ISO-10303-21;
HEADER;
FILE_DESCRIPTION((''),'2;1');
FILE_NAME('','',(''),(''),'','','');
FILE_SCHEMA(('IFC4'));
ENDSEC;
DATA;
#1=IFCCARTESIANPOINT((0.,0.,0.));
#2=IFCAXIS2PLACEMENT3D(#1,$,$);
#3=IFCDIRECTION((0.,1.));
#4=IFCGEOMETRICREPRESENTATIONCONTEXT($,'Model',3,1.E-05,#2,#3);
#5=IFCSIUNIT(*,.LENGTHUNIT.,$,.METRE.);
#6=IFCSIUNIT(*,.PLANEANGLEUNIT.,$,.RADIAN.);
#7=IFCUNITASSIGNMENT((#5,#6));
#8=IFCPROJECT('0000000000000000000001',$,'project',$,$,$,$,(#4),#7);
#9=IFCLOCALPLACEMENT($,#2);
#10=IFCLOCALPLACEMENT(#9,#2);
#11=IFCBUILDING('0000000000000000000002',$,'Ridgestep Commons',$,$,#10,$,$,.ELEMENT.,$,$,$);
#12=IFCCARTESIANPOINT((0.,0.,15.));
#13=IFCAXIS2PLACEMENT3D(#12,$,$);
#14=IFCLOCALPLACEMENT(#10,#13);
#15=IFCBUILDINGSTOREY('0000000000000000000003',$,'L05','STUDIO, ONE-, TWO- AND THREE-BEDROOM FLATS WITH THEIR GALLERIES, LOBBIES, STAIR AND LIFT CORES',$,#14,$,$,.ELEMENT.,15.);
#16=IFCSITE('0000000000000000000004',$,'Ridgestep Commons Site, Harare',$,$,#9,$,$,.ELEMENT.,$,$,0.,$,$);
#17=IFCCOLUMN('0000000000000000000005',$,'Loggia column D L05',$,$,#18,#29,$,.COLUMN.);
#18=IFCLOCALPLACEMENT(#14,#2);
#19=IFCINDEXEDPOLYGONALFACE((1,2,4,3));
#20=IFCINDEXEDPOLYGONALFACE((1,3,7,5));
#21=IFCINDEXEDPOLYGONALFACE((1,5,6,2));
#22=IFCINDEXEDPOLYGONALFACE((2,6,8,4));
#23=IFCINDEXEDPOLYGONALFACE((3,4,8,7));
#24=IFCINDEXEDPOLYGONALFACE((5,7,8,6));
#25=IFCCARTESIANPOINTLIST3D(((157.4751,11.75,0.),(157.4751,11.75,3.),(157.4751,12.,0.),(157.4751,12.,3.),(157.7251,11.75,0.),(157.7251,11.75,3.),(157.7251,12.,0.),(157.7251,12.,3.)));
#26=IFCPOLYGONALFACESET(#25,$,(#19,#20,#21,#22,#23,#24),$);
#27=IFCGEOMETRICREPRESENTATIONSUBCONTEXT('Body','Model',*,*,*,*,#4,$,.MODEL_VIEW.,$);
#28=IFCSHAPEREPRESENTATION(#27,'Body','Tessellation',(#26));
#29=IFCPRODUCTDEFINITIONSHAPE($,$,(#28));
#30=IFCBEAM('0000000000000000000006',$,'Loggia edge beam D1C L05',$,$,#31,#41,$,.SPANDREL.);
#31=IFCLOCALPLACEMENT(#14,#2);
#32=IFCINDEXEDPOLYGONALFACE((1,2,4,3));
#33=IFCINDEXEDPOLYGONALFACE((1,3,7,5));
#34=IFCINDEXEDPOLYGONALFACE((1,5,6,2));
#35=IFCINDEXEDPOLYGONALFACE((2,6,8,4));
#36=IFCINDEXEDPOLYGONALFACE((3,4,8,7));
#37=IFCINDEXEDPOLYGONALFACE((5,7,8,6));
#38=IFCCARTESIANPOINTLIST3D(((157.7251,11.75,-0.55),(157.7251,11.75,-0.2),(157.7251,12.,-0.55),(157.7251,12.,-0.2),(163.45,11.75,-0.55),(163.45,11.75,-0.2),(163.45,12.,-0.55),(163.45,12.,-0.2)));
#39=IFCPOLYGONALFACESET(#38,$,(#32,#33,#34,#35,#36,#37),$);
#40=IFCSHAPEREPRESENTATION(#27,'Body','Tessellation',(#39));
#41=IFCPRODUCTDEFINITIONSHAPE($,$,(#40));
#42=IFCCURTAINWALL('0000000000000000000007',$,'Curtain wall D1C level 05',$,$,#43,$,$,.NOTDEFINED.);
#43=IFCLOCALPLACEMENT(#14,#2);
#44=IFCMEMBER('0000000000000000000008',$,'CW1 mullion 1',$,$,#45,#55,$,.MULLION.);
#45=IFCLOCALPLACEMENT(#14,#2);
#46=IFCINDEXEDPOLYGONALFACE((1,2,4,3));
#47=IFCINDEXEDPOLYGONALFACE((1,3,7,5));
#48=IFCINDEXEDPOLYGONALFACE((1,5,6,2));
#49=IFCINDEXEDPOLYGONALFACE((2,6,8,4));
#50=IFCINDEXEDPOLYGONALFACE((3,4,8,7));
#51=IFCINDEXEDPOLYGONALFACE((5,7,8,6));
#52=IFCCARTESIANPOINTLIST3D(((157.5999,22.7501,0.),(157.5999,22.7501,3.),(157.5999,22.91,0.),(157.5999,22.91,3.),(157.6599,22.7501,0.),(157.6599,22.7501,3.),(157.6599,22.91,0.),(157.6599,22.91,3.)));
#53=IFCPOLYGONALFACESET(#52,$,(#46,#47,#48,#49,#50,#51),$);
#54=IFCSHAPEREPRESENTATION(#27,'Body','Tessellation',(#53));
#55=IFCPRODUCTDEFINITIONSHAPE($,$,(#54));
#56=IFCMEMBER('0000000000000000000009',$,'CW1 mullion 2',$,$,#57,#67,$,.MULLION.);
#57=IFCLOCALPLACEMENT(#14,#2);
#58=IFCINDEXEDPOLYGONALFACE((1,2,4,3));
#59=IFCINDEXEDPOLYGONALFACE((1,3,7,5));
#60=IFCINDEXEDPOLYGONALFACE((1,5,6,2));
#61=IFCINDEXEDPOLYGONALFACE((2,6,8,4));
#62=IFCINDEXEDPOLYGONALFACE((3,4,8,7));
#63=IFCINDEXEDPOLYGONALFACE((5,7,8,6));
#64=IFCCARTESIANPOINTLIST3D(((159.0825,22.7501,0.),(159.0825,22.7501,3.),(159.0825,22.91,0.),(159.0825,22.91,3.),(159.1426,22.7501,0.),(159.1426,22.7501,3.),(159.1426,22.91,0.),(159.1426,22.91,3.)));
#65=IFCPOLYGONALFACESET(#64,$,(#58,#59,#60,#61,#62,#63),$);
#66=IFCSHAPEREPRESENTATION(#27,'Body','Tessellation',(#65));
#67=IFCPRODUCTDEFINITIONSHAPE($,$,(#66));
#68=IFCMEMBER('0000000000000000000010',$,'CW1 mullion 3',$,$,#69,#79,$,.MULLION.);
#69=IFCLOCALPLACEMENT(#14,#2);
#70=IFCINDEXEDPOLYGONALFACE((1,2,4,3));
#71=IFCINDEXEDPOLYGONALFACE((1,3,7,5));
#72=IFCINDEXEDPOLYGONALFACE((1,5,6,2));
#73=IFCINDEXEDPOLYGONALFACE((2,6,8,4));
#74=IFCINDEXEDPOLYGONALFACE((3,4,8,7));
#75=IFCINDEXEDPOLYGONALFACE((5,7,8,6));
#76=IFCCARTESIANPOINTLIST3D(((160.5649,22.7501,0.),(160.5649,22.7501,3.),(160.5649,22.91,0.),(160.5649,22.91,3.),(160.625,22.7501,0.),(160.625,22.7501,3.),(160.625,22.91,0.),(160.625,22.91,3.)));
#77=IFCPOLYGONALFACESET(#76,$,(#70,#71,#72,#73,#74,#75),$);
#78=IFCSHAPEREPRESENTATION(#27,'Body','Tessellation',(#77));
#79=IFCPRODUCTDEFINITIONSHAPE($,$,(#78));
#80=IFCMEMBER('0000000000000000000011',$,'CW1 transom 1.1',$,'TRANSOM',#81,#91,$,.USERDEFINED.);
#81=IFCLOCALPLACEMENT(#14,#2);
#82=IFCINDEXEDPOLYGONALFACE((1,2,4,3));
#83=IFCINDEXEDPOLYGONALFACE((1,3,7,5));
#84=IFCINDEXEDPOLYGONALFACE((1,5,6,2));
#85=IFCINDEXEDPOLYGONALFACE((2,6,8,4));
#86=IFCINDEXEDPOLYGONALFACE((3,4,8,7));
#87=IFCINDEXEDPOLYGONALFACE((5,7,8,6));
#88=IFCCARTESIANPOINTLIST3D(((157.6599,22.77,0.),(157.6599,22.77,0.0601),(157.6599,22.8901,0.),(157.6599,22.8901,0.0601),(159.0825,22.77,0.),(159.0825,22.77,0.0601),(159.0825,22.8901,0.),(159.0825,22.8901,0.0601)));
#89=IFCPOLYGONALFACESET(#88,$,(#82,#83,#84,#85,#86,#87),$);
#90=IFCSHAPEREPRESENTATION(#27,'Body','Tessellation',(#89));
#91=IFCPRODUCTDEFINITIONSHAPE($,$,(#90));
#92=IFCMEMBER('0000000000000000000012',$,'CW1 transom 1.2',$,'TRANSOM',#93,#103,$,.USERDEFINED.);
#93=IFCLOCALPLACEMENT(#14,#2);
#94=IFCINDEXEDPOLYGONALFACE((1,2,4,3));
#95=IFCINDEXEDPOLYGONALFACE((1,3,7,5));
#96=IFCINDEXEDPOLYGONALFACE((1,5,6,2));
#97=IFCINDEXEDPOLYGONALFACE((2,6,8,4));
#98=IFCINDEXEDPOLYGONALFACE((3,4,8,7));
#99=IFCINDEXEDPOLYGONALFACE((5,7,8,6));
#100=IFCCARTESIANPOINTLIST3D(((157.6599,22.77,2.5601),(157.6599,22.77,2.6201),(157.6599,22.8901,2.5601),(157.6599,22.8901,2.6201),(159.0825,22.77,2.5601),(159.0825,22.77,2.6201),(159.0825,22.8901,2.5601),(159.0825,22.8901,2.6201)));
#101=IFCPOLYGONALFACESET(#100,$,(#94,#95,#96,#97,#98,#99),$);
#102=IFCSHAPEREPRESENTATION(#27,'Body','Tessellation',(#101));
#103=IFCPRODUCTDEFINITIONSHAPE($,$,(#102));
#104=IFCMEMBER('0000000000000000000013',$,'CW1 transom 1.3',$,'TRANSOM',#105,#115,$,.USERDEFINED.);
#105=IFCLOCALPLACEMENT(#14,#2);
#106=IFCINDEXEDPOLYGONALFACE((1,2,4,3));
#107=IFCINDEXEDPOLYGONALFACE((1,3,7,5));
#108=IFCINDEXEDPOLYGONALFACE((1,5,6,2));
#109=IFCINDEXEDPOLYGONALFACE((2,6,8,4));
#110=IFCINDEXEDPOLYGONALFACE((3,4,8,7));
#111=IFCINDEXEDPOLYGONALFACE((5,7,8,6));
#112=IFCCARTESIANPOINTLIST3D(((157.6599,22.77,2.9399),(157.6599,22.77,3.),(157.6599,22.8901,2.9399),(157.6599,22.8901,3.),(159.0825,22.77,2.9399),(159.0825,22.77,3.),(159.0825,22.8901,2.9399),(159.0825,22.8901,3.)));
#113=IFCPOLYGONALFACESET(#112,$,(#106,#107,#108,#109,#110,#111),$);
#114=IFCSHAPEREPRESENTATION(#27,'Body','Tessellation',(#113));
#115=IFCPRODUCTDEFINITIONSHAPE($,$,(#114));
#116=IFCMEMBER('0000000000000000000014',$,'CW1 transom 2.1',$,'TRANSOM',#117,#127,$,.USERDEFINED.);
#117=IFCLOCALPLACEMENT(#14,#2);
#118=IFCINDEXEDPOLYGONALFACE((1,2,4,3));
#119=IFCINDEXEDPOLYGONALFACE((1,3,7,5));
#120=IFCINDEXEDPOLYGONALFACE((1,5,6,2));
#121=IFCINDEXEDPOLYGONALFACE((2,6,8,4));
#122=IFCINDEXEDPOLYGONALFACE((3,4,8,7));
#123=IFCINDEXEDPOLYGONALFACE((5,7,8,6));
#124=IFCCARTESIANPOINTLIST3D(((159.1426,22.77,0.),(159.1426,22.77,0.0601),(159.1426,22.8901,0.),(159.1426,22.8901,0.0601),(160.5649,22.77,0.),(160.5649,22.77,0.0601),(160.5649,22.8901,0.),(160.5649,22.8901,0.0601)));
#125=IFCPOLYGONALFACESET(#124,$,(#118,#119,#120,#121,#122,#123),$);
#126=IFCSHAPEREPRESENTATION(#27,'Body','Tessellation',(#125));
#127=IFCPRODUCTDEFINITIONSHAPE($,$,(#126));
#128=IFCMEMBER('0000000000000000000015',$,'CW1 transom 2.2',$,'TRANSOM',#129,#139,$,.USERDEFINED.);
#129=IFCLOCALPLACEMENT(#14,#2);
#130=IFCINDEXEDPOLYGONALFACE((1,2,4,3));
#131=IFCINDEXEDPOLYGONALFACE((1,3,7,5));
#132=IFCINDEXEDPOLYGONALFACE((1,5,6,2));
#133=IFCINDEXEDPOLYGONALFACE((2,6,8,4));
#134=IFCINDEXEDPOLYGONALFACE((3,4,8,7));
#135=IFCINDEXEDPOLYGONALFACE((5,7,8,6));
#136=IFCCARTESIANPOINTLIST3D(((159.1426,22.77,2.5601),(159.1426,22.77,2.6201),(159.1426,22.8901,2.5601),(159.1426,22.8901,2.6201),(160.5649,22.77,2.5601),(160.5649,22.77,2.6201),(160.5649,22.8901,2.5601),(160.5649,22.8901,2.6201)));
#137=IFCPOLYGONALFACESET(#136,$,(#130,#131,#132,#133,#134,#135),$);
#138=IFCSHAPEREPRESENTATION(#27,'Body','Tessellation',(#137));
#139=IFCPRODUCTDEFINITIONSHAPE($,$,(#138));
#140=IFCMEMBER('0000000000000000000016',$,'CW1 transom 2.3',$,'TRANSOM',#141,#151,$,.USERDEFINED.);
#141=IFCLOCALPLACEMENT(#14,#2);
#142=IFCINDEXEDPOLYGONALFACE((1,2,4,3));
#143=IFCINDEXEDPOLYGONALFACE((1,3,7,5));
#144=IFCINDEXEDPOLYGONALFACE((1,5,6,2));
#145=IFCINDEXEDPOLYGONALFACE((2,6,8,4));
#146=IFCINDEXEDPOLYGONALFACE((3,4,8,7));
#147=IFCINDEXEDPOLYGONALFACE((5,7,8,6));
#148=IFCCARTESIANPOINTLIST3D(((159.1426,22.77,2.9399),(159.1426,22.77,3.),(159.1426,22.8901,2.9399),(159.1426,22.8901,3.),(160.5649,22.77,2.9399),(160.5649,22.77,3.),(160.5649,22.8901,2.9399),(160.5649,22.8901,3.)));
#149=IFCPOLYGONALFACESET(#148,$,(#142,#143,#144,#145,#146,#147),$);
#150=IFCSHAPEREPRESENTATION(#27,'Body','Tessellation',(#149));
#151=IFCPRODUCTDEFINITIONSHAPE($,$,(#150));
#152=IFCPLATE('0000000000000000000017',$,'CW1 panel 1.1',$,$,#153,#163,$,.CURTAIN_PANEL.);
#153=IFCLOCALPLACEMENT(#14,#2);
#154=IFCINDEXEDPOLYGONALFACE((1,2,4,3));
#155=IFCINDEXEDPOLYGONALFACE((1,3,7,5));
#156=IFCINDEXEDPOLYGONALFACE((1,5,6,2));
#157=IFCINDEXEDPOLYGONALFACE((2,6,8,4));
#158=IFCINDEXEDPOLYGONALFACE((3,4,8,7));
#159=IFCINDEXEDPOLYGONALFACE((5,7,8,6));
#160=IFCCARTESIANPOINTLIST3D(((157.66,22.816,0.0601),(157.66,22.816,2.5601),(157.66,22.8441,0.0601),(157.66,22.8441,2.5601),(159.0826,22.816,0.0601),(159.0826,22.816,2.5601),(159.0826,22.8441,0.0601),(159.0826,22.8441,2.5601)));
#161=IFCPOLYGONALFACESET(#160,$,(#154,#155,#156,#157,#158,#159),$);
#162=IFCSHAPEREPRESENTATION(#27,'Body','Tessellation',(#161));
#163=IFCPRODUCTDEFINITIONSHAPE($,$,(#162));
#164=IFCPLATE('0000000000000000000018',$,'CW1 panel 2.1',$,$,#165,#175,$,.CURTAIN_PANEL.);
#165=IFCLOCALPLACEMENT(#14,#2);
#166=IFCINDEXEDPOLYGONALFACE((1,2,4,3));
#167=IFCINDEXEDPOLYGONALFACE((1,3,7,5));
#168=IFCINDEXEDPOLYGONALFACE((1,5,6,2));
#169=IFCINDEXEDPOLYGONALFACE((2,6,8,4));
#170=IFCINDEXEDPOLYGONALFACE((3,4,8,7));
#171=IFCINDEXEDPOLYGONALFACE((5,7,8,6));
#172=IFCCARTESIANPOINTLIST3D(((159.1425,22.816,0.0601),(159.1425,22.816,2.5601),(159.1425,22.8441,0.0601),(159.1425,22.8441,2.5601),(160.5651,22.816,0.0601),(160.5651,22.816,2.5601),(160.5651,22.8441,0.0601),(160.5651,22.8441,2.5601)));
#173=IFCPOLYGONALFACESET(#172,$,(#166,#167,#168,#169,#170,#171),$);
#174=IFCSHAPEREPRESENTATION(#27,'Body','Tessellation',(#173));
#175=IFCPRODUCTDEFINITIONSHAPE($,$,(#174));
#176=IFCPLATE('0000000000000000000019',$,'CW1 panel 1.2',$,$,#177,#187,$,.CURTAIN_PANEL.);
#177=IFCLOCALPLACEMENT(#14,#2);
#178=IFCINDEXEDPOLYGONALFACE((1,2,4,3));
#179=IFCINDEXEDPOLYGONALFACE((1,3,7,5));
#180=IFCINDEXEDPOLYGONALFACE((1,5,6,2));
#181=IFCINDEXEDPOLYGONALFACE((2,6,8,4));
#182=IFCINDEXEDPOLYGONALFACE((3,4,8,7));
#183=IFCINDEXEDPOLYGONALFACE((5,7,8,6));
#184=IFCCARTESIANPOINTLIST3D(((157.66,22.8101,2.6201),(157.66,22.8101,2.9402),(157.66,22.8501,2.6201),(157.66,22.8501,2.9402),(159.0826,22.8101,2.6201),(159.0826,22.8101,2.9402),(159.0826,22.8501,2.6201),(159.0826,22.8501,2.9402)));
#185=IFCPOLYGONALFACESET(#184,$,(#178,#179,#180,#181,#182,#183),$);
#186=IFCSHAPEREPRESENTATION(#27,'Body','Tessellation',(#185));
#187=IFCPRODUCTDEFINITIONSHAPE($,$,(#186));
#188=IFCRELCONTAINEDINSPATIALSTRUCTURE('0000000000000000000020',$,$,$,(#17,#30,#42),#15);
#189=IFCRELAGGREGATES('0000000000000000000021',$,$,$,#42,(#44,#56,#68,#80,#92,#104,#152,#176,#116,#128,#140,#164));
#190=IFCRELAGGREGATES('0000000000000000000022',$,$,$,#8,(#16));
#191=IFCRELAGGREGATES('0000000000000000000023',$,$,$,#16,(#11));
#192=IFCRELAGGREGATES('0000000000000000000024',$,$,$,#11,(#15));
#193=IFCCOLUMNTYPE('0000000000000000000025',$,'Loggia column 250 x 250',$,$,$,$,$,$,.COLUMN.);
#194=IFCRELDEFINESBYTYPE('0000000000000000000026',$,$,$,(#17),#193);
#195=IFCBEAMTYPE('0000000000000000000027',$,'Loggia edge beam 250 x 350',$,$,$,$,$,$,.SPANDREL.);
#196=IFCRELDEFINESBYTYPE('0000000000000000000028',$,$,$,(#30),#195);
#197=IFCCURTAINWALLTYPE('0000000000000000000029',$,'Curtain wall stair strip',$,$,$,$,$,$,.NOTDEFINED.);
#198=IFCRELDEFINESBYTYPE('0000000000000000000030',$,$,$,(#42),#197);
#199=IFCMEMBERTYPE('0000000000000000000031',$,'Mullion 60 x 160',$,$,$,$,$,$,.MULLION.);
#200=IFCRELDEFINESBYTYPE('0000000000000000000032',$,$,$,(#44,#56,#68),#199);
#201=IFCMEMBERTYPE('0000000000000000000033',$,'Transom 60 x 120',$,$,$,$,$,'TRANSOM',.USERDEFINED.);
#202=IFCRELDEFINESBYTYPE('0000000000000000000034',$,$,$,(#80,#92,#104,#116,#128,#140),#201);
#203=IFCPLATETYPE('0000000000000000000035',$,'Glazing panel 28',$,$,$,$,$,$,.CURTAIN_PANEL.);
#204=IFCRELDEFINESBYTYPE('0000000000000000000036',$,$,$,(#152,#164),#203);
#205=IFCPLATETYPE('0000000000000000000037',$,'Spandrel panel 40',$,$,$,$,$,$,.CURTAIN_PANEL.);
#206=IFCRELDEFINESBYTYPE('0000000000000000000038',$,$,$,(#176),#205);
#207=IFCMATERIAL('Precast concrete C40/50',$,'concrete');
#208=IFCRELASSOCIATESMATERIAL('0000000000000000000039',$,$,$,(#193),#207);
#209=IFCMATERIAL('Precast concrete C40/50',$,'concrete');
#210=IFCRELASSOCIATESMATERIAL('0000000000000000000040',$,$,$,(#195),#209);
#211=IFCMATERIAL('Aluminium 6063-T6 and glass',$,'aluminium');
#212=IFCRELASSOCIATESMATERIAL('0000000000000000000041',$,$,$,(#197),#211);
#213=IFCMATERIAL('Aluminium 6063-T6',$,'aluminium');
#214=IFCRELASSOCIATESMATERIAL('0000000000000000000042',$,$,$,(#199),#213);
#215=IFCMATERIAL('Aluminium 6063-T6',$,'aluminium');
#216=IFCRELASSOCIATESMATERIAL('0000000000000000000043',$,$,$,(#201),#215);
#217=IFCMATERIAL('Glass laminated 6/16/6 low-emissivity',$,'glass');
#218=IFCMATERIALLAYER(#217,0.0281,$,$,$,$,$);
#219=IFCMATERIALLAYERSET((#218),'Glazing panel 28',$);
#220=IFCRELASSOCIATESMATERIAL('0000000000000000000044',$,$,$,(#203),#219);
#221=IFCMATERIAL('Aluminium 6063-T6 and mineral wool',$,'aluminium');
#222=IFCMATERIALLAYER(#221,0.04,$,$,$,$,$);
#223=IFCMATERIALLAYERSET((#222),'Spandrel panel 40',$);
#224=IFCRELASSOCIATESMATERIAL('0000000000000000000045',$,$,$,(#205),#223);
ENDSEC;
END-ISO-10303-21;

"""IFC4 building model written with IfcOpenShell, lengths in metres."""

from ifc_helpers import new_model, si_unit, direction, frame, origin, origin_2d, place, context, subcontext, project, spatial, rectangle, extrude, material, layer, layer_set, material_profile, profile_set, type_object, element, aggregate, save


model = new_model("IFC4")

# Units and contexts
model_context = context("Model", 3, precision=1e-05, world=origin(), true_north=direction((0.0, 1.0)))
body_context = subcontext(model_context, "Body", "Model", "MODEL_VIEW")
ifc_project = project(units=[si_unit("LENGTHUNIT", "METRE"), si_unit("PLANEANGLEUNIT", "RADIAN")], contexts=[model_context])

# Site, building, storey
site_placement = place(None, origin())
site = spatial("IfcSite", under=ifc_project, at=site_placement, Name="Ridgestep Commons Site, Harare", CompositionType="ELEMENT", RefElevation=0.0)
building_placement = place(site_placement, origin())
building = spatial("IfcBuilding", under=site, at=building_placement, Name="Ridgestep Commons", CompositionType="ELEMENT")
storey_placement = place(building_placement, frame((0.0, 0.0, 15.0)))
storey = spatial("IfcBuildingStorey", under=building, at=storey_placement, Name="L05", Description="STUDIO, ONE-, TWO- AND THREE-BEDROOM FLATS WITH THEIR GALLERIES, LOBBIES, STAIR AND LIFT CORES", CompositionType="ELEMENT", Elevation=15.0)

# Column
ifc_material_1 = material(Name="Precast concrete C40/50", Category="concrete")
ifc_material_profile_1 = material_profile(ifc_material_1, rectangle(XDim=0.25, YDim=0.25, at=origin_2d()), Name="PC 250x250")
ifc_profile_set_1 = profile_set([ifc_material_profile_1], Name="Precast concrete C40/50")
column_type = type_object("IfcColumnType", Name="Loggia column 250 x 250", PredefinedType="COLUMN", material=ifc_profile_set_1)
column_placement = place(storey_placement, frame((157.6001, 11.875, 0.0), z_axis=(0.0, 0.0, 1.0), x_axis=(1.0, 0.0, 0.0)))
element("IfcColumn", 1, at=column_placement, inside=storey, type_object=column_type, Name="Loggia column D L05", PredefinedType="COLUMN", context=body_context, shape_type="SweptSolid", body=[
    extrude(rectangle(XDim=0.25, YDim=0.25, at=origin_2d()), origin(), (0.0, 0.0, 1.0), 3.0),
])

# Beam
ifc_material_2 = material(Name="Precast concrete C40/50", Category="concrete")
ifc_material_profile_2 = material_profile(ifc_material_2, rectangle(XDim=0.25, YDim=0.3501, at=origin_2d()), Name="PC 250x350")
ifc_profile_set_2 = profile_set([ifc_material_profile_2], Name="Precast concrete C40/50")
beam_type = type_object("IfcBeamType", Name="Loggia edge beam 250 x 350", PredefinedType="SPANDREL", material=ifc_profile_set_2)
beam_placement = place(storey_placement, frame((157.7251, 11.875, -0.375), z_axis=(1.0, 0.0, 0.0), x_axis=(0.0, 1.0, 0.0)))
element("IfcBeam", 2, at=beam_placement, inside=storey, type_object=beam_type, Name="Loggia edge beam D1C L05", PredefinedType="SPANDREL", context=body_context, shape_type="SweptSolid", body=[
    extrude(rectangle(XDim=0.25, YDim=0.3501, at=origin_2d()), origin(), (0.0, 0.0, 1.0), 5.7249),
])

# Curtain wall, members, plates
ifc_material_3 = material(Name="Aluminium 6063-T6 and glass", Category="aluminium")
curtain_wall_type = type_object("IfcCurtainWallType", Name="Curtain wall stair strip", PredefinedType="NOTDEFINED", material=ifc_material_3)
curtain_wall_placement = place(storey_placement, origin())
curtain_wall = element("IfcCurtainWall", 3, at=curtain_wall_placement, inside=storey, type_object=curtain_wall_type, Name="Curtain wall D1C level 05", PredefinedType="NOTDEFINED")
ifc_material_4 = material(Name="Aluminium 6063-T6", Category="aluminium")
ifc_material_profile_3 = material_profile(ifc_material_4, rectangle(XDim=0.1599, YDim=0.0601, at=origin_2d()), Name="Mullion 60 x 160")
ifc_profile_set_3 = profile_set([ifc_material_profile_3], Name="Aluminium 6063-T6")
member_type_1 = type_object("IfcMemberType", Name="Mullion 60 x 160", PredefinedType="MULLION", material=ifc_profile_set_3)
member_1_placement = place(storey_placement, frame((157.6299, 22.8301, 0.0), z_axis=(0.0, 0.0, 1.0), x_axis=(0.0, 1.0, 0.0)))
member_1 = element("IfcMember", 4, at=member_1_placement, type_object=member_type_1, Name="CW1 mullion 1", PredefinedType="MULLION", context=body_context, shape_type="SweptSolid", body=[
    extrude(rectangle(XDim=0.1599, YDim=0.0601, at=origin_2d()), origin(), (0.0, 0.0, 1.0), 3.0),
])
member_2_placement = place(storey_placement, frame((159.1125, 22.8301, 0.0), z_axis=(0.0, 0.0, 1.0), x_axis=(0.0, 1.0, 0.0)))
member_2 = element("IfcMember", 5, at=member_2_placement, type_object=member_type_1, Name="CW1 mullion 2", PredefinedType="MULLION", context=body_context, shape_type="SweptSolid", body=[
    extrude(rectangle(XDim=0.1599, YDim=0.0601, at=origin_2d()), origin(), (0.0, 0.0, 1.0), 3.0),
])
member_3_placement = place(storey_placement, frame((160.595, 22.8301, 0.0), z_axis=(0.0, 0.0, 1.0), x_axis=(0.0, 1.0, 0.0)))
member_3 = element("IfcMember", 6, at=member_3_placement, type_object=member_type_1, Name="CW1 mullion 3", PredefinedType="MULLION", context=body_context, shape_type="SweptSolid", body=[
    extrude(rectangle(XDim=0.1599, YDim=0.0601, at=origin_2d()), origin(), (0.0, 0.0, 1.0), 3.0),
])
ifc_material_5 = material(Name="Aluminium 6063-T6", Category="aluminium")
ifc_material_profile_4 = material_profile(ifc_material_5, rectangle(XDim=0.1201, YDim=0.0601, at=origin_2d()), Name="Transom 60 x 120")
ifc_profile_set_4 = profile_set([ifc_material_profile_4], Name="Aluminium 6063-T6")
member_type_2 = type_object("IfcMemberType", Name="Transom 60 x 120", ElementType="TRANSOM", PredefinedType="USERDEFINED", material=ifc_profile_set_4)
member_4_placement = place(storey_placement, frame((157.6599, 22.8301, 0.03), z_axis=(1.0, 0.0, 0.0), x_axis=(0.0, 1.0, 0.0)))
member_4 = element("IfcMember", 7, at=member_4_placement, type_object=member_type_2, Name="CW1 transom 1.1", ObjectType="TRANSOM", PredefinedType="USERDEFINED", context=body_context, shape_type="SweptSolid", body=[
    extrude(rectangle(XDim=0.1201, YDim=0.0601, at=origin_2d()), origin(), (0.0, 0.0, 1.0), 1.4226),
])
member_5_placement = place(storey_placement, frame((157.6599, 22.8301, 2.5901), z_axis=(1.0, 0.0, 0.0), x_axis=(0.0, 1.0, 0.0)))
member_5 = element("IfcMember", 8, at=member_5_placement, type_object=member_type_2, Name="CW1 transom 1.2", ObjectType="TRANSOM", PredefinedType="USERDEFINED", context=body_context, shape_type="SweptSolid", body=[
    extrude(rectangle(XDim=0.1201, YDim=0.0601, at=origin_2d()), origin(), (0.0, 0.0, 1.0), 1.4226),
])
member_6_placement = place(storey_placement, frame((157.6599, 22.8301, 2.97), z_axis=(1.0, 0.0, 0.0), x_axis=(0.0, 1.0, 0.0)))
member_6 = element("IfcMember", 9, at=member_6_placement, type_object=member_type_2, Name="CW1 transom 1.3", ObjectType="TRANSOM", PredefinedType="USERDEFINED", context=body_context, shape_type="SweptSolid", body=[
    extrude(rectangle(XDim=0.1201, YDim=0.0601, at=origin_2d()), origin(), (0.0, 0.0, 1.0), 1.4226),
])
member_7_placement = place(storey_placement, frame((159.1426, 22.8301, 0.03), z_axis=(1.0, 0.0, 0.0), x_axis=(0.0, 1.0, 0.0)))
member_7 = element("IfcMember", 10, at=member_7_placement, type_object=member_type_2, Name="CW1 transom 2.1", ObjectType="TRANSOM", PredefinedType="USERDEFINED", context=body_context, shape_type="SweptSolid", body=[
    extrude(rectangle(XDim=0.1201, YDim=0.0601, at=origin_2d()), origin(), (0.0, 0.0, 1.0), 1.4224),
])
member_8_placement = place(storey_placement, frame((159.1426, 22.8301, 2.5901), z_axis=(1.0, 0.0, 0.0), x_axis=(0.0, 1.0, 0.0)))
member_8 = element("IfcMember", 11, at=member_8_placement, type_object=member_type_2, Name="CW1 transom 2.2", ObjectType="TRANSOM", PredefinedType="USERDEFINED", context=body_context, shape_type="SweptSolid", body=[
    extrude(rectangle(XDim=0.1201, YDim=0.0601, at=origin_2d()), origin(), (0.0, 0.0, 1.0), 1.4224),
])
member_9_placement = place(storey_placement, frame((159.1426, 22.8301, 2.97), z_axis=(1.0, 0.0, 0.0), x_axis=(0.0, 1.0, 0.0)))
member_9 = element("IfcMember", 12, at=member_9_placement, type_object=member_type_2, Name="CW1 transom 2.3", ObjectType="TRANSOM", PredefinedType="USERDEFINED", context=body_context, shape_type="SweptSolid", body=[
    extrude(rectangle(XDim=0.1201, YDim=0.0601, at=origin_2d()), origin(), (0.0, 0.0, 1.0), 1.4224),
])
ifc_material_6 = material(Name="Glass laminated 6/16/6 low-emissivity", Category="glass")
ifc_layer_1 = layer(ifc_material_6, 0.0281)
ifc_layer_set_1 = layer_set([ifc_layer_1], Name="Glazing panel 28")
plate_type_1 = type_object("IfcPlateType", Name="Glazing panel 28", PredefinedType="CURTAIN_PANEL", material=ifc_layer_set_1)
plate_1_placement = place(storey_placement, frame((158.3713, 22.8301, 0.0601), z_axis=(0.0, 0.0, 1.0), x_axis=(1.0, 0.0, 0.0)))
plate_1 = element("IfcPlate", 13, at=plate_1_placement, type_object=plate_type_1, Name="CW1 panel 1.1", PredefinedType="CURTAIN_PANEL", context=body_context, shape_type="SweptSolid", body=[
    extrude(rectangle(XDim=1.4226, YDim=0.0281, at=origin_2d()), origin(), (0.0, 0.0, 1.0), 2.5),
])
plate_2_placement = place(storey_placement, frame((159.8538, 22.8301, 0.0601), z_axis=(0.0, 0.0, 1.0), x_axis=(1.0, 0.0, 0.0)))
plate_2 = element("IfcPlate", 14, at=plate_2_placement, type_object=plate_type_1, Name="CW1 panel 2.1", PredefinedType="CURTAIN_PANEL", context=body_context, shape_type="SweptSolid", body=[
    extrude(rectangle(XDim=1.4226, YDim=0.0281, at=origin_2d()), origin(), (0.0, 0.0, 1.0), 2.5),
])
ifc_material_7 = material(Name="Aluminium 6063-T6 and mineral wool", Category="aluminium")
ifc_layer_2 = layer(ifc_material_7, 0.04)
ifc_layer_set_2 = layer_set([ifc_layer_2], Name="Spandrel panel 40")
plate_type_2 = type_object("IfcPlateType", Name="Spandrel panel 40", PredefinedType="CURTAIN_PANEL", material=ifc_layer_set_2)
plate_3_placement = place(storey_placement, frame((158.3713, 22.8301, 2.6201), z_axis=(0.0, 0.0, 1.0), x_axis=(1.0, 0.0, 0.0)))
plate_3 = element("IfcPlate", 15, at=plate_3_placement, type_object=plate_type_2, Name="CW1 panel 1.2", PredefinedType="CURTAIN_PANEL", context=body_context, shape_type="SweptSolid", body=[
    extrude(rectangle(XDim=1.4226, YDim=0.04, at=origin_2d()), origin(), (0.0, 0.0, 1.0), 0.3201),
])
aggregate(curtain_wall, [member_1, member_2, member_3, member_4, member_5, member_6, plate_1, plate_3, member_7, member_8, member_9, plate_2])

save(model, "model.ifc")
